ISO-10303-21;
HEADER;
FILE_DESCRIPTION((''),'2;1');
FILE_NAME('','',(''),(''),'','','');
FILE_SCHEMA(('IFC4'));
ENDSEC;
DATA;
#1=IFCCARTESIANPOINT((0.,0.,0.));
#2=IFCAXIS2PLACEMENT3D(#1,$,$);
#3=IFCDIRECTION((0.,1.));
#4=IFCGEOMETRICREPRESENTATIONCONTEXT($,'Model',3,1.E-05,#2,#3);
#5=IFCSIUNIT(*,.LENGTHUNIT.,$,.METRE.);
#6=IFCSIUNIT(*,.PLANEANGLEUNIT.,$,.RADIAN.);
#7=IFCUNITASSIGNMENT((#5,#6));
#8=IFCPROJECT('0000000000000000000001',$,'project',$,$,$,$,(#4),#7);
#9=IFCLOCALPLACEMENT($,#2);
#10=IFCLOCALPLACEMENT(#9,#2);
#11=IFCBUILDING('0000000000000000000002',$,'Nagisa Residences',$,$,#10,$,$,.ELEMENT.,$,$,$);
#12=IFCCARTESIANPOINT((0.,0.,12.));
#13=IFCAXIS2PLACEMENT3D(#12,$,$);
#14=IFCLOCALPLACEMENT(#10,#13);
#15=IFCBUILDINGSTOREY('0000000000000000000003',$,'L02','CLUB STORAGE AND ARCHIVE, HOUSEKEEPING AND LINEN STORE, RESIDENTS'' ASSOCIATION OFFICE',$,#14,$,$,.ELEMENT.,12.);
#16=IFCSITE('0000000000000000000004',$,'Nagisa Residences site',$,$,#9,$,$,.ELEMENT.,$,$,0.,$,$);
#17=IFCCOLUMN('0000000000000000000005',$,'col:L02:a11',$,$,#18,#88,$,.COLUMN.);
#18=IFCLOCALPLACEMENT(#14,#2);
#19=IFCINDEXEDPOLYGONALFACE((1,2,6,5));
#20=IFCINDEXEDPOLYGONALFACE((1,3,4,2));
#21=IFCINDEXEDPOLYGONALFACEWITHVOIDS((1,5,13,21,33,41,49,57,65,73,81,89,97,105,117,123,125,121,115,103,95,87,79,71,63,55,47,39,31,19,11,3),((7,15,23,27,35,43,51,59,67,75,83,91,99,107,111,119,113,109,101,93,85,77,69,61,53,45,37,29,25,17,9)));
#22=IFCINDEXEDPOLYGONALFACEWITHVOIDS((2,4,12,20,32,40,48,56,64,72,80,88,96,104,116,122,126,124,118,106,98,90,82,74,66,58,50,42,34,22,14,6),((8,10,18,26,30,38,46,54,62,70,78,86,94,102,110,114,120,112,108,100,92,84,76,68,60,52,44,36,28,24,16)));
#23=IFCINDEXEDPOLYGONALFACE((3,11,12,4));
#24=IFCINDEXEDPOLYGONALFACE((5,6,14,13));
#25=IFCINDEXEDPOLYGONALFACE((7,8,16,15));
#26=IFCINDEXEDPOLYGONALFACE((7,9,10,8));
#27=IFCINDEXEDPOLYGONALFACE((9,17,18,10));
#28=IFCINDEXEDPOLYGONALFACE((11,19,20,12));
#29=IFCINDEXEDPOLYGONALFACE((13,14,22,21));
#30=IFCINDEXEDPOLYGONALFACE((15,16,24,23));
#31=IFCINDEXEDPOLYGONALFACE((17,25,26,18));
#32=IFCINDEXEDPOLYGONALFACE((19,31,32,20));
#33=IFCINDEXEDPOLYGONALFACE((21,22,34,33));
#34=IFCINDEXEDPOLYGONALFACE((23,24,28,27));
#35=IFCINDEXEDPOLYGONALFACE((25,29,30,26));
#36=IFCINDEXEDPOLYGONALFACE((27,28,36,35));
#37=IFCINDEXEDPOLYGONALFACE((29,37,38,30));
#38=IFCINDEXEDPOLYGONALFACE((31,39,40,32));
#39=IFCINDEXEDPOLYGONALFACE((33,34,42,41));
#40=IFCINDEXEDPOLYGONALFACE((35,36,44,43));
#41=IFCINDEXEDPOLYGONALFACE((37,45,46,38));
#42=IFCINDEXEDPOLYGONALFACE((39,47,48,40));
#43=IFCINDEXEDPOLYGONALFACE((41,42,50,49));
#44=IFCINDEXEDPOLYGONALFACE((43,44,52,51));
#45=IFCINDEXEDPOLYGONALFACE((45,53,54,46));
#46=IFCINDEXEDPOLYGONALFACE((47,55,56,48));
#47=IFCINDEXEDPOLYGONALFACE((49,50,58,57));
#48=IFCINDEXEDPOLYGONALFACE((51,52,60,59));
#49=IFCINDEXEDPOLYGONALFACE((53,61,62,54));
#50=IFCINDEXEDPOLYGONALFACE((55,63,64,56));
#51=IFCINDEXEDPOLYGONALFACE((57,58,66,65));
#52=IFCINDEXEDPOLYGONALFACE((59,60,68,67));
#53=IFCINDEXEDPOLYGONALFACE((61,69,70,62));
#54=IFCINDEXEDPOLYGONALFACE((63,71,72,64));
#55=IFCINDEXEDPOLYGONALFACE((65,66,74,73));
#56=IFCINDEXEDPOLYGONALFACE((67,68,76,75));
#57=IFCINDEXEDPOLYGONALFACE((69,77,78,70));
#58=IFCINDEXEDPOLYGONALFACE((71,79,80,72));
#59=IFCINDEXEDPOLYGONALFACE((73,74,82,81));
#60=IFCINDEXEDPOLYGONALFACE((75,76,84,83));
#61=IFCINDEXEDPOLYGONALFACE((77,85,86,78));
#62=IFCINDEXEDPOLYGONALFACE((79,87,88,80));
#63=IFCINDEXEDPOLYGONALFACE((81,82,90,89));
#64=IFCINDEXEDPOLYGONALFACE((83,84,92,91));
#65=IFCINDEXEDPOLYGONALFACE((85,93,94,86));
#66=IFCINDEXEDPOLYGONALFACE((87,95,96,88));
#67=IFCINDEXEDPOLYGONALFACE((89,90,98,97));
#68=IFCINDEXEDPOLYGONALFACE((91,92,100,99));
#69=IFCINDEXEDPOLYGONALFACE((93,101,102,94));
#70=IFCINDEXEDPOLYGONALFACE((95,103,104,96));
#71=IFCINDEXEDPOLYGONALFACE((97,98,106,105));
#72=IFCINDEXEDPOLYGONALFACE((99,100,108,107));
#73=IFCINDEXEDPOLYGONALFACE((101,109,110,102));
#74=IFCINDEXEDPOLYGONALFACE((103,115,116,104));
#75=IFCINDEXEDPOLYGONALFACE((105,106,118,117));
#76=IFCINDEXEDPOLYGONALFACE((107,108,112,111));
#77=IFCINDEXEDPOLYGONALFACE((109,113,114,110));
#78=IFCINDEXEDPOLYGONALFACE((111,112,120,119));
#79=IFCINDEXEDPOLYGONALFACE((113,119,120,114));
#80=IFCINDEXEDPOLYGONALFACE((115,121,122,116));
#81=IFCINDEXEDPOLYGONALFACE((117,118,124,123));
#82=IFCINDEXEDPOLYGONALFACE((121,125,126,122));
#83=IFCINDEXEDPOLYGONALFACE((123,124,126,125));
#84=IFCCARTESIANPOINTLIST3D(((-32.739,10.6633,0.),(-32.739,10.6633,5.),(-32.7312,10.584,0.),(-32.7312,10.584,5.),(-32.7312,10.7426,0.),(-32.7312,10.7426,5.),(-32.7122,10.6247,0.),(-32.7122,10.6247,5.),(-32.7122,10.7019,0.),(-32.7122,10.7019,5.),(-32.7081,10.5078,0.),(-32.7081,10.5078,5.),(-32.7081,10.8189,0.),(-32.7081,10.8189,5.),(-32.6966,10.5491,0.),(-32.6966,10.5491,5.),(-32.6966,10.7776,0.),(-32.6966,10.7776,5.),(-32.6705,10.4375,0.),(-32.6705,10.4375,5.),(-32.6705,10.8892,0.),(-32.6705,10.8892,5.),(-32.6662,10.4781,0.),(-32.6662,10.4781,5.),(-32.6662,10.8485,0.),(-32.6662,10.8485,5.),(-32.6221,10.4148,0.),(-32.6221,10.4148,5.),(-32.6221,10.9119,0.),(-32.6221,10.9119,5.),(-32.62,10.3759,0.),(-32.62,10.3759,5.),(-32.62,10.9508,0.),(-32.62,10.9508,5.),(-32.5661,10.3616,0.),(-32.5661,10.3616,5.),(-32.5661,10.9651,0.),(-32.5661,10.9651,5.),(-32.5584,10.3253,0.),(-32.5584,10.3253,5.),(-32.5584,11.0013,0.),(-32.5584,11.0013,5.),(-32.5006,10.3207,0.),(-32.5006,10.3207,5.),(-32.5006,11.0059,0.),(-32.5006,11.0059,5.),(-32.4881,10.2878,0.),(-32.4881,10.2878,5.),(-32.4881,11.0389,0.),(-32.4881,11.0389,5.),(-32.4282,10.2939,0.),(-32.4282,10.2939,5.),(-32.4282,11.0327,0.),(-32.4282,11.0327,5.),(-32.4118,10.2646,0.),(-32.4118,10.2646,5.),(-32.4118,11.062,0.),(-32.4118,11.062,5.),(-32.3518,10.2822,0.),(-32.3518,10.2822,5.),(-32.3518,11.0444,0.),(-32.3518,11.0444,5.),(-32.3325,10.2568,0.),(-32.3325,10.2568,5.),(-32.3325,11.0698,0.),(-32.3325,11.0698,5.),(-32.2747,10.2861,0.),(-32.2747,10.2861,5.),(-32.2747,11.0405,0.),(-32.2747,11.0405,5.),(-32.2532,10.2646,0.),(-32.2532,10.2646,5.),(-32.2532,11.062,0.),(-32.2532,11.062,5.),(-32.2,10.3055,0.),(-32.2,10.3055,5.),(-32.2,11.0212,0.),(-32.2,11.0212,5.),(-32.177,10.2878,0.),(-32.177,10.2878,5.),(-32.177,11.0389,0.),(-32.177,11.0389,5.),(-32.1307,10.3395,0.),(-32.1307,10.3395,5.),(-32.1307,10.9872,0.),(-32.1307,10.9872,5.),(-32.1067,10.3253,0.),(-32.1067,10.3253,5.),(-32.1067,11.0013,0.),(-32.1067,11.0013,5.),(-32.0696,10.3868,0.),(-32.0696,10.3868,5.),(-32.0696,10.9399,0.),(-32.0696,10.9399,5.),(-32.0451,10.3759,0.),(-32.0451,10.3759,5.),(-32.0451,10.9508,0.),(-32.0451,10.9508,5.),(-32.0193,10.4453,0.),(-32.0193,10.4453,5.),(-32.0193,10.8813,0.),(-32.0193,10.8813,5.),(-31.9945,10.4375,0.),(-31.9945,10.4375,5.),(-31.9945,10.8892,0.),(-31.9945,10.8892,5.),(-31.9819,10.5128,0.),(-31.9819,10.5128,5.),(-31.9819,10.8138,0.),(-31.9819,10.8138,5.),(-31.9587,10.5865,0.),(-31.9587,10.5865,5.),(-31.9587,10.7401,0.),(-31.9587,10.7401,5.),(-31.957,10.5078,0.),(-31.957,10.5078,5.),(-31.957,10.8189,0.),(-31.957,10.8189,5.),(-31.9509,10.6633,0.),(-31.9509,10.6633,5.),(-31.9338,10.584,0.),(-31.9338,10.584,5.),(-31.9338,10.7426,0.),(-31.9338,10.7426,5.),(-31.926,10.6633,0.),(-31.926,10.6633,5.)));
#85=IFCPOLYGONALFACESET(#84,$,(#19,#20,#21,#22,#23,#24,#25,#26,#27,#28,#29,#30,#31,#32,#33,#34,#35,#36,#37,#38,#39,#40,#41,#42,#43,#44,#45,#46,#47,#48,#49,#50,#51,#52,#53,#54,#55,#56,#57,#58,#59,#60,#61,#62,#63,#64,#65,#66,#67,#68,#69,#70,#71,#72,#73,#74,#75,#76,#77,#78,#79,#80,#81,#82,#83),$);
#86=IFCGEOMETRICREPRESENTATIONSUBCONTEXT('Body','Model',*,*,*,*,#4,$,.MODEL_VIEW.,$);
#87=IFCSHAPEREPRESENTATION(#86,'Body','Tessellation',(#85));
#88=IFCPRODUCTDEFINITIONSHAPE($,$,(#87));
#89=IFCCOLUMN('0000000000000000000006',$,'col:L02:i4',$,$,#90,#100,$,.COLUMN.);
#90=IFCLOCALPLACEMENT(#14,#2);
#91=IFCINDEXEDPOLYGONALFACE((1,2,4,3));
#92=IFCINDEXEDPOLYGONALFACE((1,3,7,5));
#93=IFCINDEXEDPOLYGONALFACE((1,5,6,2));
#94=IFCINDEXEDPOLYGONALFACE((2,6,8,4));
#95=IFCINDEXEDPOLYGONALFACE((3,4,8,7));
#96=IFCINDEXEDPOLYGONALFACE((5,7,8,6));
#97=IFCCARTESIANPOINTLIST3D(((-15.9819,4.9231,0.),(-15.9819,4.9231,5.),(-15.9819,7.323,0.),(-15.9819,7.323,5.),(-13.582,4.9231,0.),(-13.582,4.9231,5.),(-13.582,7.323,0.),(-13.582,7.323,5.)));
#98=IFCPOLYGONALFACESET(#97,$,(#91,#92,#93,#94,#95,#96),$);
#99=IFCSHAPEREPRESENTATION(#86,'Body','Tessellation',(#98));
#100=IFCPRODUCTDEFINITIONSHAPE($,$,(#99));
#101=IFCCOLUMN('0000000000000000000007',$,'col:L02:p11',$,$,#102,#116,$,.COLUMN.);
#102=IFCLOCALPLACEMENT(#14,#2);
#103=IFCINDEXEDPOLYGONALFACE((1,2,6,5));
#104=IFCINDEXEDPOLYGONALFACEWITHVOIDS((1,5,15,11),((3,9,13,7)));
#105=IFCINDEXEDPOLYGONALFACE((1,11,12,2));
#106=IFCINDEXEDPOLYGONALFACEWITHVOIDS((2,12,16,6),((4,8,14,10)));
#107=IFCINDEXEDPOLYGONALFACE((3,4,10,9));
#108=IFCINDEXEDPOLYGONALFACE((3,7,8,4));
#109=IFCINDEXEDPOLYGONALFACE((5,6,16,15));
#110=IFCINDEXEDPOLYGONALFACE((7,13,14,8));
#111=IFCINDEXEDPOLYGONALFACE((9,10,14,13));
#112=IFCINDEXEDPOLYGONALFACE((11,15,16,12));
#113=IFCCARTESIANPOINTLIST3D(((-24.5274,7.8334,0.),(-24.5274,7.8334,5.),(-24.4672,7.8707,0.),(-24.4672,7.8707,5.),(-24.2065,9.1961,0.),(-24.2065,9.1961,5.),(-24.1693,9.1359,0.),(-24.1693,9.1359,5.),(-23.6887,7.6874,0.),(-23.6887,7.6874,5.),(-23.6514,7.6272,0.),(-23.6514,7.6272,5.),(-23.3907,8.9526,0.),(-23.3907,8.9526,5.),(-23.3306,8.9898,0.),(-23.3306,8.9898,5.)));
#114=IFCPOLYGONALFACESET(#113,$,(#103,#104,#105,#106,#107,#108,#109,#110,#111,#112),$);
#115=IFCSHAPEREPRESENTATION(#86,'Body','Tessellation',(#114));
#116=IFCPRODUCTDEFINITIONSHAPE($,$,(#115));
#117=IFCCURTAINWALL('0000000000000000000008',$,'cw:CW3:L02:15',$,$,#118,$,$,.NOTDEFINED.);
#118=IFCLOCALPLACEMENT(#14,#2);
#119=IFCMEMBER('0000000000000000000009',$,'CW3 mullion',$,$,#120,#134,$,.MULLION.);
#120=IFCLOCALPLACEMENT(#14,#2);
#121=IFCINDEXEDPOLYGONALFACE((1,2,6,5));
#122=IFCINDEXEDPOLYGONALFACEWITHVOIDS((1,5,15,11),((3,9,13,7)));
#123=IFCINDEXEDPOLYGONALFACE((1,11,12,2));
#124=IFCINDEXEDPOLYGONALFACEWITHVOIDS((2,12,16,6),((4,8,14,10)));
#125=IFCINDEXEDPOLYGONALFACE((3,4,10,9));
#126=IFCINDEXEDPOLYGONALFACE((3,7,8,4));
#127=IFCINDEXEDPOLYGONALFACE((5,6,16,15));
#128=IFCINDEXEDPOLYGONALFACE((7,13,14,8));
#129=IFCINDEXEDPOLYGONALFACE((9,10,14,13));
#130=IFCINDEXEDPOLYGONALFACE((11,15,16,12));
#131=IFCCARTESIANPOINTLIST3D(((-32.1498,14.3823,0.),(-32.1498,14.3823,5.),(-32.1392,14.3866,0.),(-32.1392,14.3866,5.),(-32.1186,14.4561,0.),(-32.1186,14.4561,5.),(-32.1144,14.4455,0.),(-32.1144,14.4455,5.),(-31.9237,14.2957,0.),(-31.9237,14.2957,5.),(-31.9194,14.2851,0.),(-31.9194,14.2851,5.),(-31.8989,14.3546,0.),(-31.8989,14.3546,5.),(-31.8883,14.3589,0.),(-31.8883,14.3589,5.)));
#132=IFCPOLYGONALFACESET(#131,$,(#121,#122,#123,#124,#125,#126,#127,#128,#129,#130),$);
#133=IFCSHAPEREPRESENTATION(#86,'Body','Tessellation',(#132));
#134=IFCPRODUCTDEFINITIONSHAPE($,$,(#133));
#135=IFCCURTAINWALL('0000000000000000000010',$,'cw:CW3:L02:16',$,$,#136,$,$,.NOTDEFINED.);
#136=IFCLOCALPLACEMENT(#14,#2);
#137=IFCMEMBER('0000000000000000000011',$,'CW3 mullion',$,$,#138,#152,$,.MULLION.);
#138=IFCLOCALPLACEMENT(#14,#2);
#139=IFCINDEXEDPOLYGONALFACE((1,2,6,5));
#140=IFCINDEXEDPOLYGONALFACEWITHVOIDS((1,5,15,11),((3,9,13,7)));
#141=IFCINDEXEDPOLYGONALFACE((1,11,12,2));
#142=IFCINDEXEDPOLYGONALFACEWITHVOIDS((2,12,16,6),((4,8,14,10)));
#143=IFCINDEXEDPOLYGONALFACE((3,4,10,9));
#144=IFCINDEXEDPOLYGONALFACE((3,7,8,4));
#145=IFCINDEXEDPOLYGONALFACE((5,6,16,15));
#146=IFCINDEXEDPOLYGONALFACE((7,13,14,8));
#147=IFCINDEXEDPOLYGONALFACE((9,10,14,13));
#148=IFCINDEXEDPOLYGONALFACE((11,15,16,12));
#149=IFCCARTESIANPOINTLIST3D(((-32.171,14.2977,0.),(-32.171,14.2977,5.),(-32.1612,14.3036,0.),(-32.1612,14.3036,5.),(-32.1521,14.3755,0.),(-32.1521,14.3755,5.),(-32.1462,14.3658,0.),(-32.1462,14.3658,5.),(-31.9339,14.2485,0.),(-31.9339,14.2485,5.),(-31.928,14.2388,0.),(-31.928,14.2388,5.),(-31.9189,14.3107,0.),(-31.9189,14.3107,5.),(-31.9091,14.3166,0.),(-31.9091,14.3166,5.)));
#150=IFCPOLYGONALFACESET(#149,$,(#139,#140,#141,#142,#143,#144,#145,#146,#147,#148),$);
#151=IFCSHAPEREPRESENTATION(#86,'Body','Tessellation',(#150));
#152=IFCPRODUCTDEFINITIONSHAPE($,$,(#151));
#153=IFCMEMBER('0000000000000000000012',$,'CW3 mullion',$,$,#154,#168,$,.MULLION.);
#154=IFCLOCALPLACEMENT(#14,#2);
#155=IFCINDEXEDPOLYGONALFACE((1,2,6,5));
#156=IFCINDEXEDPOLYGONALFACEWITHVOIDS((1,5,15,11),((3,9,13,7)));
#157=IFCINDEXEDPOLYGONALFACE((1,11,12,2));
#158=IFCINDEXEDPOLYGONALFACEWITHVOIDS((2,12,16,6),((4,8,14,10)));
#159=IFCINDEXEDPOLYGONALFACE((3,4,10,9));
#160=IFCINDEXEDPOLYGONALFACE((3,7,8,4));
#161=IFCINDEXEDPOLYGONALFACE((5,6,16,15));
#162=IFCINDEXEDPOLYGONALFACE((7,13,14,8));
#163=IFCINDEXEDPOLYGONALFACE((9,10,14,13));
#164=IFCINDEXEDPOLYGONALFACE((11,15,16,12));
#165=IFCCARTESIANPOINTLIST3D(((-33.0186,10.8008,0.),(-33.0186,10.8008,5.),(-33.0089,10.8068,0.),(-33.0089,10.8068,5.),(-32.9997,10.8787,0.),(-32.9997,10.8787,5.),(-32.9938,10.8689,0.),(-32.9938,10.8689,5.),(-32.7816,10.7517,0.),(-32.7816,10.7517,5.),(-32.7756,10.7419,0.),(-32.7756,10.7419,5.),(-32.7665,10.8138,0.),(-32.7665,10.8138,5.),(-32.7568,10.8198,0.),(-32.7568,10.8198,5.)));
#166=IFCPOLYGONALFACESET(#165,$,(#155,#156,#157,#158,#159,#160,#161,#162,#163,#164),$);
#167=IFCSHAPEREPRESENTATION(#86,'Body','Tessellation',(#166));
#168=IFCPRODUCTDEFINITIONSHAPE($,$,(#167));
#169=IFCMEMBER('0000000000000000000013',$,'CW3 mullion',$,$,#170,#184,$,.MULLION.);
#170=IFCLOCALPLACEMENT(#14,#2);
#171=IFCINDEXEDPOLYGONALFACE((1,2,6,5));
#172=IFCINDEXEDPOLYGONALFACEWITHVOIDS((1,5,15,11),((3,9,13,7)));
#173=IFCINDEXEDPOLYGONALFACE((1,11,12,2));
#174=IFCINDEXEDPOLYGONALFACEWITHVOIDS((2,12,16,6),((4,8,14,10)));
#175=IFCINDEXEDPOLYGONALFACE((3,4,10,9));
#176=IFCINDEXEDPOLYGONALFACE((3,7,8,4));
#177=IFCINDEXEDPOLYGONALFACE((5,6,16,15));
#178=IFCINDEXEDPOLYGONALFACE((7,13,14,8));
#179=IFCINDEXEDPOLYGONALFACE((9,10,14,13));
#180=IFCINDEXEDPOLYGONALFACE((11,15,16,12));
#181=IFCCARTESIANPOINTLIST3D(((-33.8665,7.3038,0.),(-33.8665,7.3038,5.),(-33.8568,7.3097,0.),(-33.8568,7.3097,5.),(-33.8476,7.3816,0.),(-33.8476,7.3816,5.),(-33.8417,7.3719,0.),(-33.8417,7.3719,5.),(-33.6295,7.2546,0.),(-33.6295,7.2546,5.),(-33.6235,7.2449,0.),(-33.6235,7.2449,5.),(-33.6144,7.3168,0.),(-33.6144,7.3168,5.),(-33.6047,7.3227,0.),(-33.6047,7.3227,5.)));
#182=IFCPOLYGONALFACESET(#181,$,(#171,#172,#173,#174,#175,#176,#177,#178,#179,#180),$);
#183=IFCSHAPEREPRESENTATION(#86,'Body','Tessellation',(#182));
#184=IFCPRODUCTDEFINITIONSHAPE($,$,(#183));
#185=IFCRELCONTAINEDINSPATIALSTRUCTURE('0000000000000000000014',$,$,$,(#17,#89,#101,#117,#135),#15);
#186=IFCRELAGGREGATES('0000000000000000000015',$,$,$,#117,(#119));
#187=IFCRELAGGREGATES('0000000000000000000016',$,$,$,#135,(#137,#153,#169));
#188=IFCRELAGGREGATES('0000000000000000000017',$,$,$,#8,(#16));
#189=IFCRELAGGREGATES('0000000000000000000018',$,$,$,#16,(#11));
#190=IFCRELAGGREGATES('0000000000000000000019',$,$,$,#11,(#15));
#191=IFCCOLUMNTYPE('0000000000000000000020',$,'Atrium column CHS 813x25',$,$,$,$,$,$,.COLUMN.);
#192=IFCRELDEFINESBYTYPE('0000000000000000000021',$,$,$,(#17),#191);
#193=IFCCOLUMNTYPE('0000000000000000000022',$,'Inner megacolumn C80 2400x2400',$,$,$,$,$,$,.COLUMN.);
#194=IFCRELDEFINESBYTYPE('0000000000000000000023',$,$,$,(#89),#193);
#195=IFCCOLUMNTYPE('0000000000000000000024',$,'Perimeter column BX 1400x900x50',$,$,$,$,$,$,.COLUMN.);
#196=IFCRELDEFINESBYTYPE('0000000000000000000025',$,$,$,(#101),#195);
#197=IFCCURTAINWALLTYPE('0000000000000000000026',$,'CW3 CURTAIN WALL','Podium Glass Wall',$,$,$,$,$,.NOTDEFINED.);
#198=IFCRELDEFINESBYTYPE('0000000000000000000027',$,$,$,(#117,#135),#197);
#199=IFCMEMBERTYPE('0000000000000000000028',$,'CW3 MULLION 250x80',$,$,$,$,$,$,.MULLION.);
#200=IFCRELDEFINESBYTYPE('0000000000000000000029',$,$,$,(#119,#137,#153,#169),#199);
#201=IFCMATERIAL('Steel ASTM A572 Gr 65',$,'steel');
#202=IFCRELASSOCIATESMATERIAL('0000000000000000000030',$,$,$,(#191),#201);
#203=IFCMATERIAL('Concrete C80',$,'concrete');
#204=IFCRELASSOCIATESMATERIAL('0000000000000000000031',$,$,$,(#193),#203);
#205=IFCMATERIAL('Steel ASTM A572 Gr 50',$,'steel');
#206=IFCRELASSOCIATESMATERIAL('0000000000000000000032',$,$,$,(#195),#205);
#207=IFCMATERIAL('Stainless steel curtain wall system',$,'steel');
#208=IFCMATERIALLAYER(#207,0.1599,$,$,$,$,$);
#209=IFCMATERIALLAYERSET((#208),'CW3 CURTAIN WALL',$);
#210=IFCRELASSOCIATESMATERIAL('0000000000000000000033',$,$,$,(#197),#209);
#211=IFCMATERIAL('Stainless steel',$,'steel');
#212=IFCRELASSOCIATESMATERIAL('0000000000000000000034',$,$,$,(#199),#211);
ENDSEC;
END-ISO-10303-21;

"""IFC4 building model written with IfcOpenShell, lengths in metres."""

from ifc_helpers import new_model, si_unit, direction, frame, origin, origin_2d, place, context, subcontext, project, spatial, rectangle, hollow_rectangle, hollow_circle, extrude, material, layer, layer_set, material_profile, profile_set, type_object, element, aggregate, save


model = new_model("IFC4")

# Units and contexts
model_context = context("Model", 3, precision=1e-05, world=origin(), true_north=direction((0.0, 1.0)))
body_context = subcontext(model_context, "Body", "Model", "MODEL_VIEW")
ifc_project = project(units=[si_unit("LENGTHUNIT", "METRE"), si_unit("PLANEANGLEUNIT", "RADIAN")], contexts=[model_context])

# Site, building, storey
site_placement = place(None, origin())
site = spatial("IfcSite", under=ifc_project, at=site_placement, Name="Nagisa Residences site", CompositionType="ELEMENT", RefElevation=0.0)
building_placement = place(site_placement, origin())
building = spatial("IfcBuilding", under=site, at=building_placement, Name="Nagisa Residences", CompositionType="ELEMENT")
storey_placement = place(building_placement, frame((0.0, 0.0, 12.0)))
storey = spatial("IfcBuildingStorey", under=building, at=storey_placement, Name="L02", Description="CLUB STORAGE AND ARCHIVE, HOUSEKEEPING AND LINEN STORE, RESIDENTS' ASSOCIATION OFFICE", CompositionType="ELEMENT", Elevation=12.0)

# Columns
ifc_material_1 = material(Name="Steel ASTM A572 Gr 65", Category="steel")
ifc_material_profile_1 = material_profile(ifc_material_1, hollow_circle(Radius=0.4065, WallThickness=0.0249, at=origin_2d()), Name="CHS 813x25")
ifc_profile_set_1 = profile_set([ifc_material_profile_1], Name="Steel ASTM A572 Gr 65")
column_type_1 = type_object("IfcColumnType", Name="Atrium column CHS 813x25", PredefinedType="COLUMN", material=ifc_profile_set_1)
column_1_placement = place(storey_placement, frame((-32.3325, 10.6633, 0.0), z_axis=(0.0, 0.0, 1.0), x_axis=(1.0, 0.0, 0.0)))
element("IfcColumn", 1, at=column_1_placement, inside=storey, type_object=column_type_1, Name="col:L02:a11", PredefinedType="COLUMN", context=body_context, shape_type="SweptSolid", body=[
    extrude(hollow_circle(Radius=0.4065, WallThickness=0.0249, at=origin_2d()), origin(), (0.0, 0.0, 1.0), 5.0),
])
ifc_material_2 = material(Name="Concrete C80", Category="concrete")
ifc_material_profile_2 = material_profile(ifc_material_2, rectangle(XDim=2.3999, YDim=2.3999, at=origin_2d()), Name="C80 2400x2400")
ifc_profile_set_2 = profile_set([ifc_material_profile_2], Name="Concrete C80")
column_type_2 = type_object("IfcColumnType", Name="Inner megacolumn C80 2400x2400", PredefinedType="COLUMN", material=ifc_profile_set_2)
column_2_placement = place(storey_placement, frame((-14.782, 6.123, 0.0), z_axis=(0.0, 0.0, 1.0), x_axis=(1.0, 0.0, 0.0)))
element("IfcColumn", 2, at=column_2_placement, inside=storey, type_object=column_type_2, Name="col:L02:i4", PredefinedType="COLUMN", context=body_context, shape_type="SweptSolid", body=[
    extrude(rectangle(XDim=2.3999, YDim=2.3999, at=origin_2d()), origin(), (0.0, 0.0, 1.0), 5.0),
])
ifc_material_3 = material(Name="Steel ASTM A572 Gr 50", Category="steel")
ifc_material_profile_3 = material_profile(ifc_material_3, hollow_rectangle(XDim=1.3999, YDim=0.8999, WallThickness=0.05, at=origin_2d()), Name="BX 1400x900x50")
ifc_profile_set_3 = profile_set([ifc_material_profile_3], Name="Steel ASTM A572 Gr 50")
column_type_3 = type_object("IfcColumnType", Name="Perimeter column BX 1400x900x50", PredefinedType="COLUMN", material=ifc_profile_set_3)
column_3_placement = place(storey_placement, frame((-23.929, 8.4116, 0.0), z_axis=(0.0, 0.0, 1.0), x_axis=(-0.229202, -0.973379, 0.0)))
element("IfcColumn", 3, at=column_3_placement, inside=storey, type_object=column_type_3, Name="col:L02:p11", PredefinedType="COLUMN", context=body_context, shape_type="SweptSolid", body=[
    extrude(hollow_rectangle(XDim=1.3999, YDim=0.8999, WallThickness=0.05, at=origin_2d()), origin(), (0.0, 0.0, 1.0), 5.0),
])

# Curtain wall, member
ifc_material_4 = material(Name="Stainless steel curtain wall system", Category="steel")
ifc_layer_1 = layer(ifc_material_4, 0.1599)
ifc_layer_set_1 = layer_set([ifc_layer_1], Name="CW3 CURTAIN WALL")
curtain_wall_type_1 = type_object("IfcCurtainWallType", Name="CW3 CURTAIN WALL", Description="Podium Glass Wall", PredefinedType="NOTDEFINED", material=ifc_layer_set_1)
curtain_wall_1_placement = place(storey_placement, origin())
curtain_wall_1 = element("IfcCurtainWall", 4, at=curtain_wall_1_placement, inside=storey, type_object=curtain_wall_type_1, Name="cw:CW3:L02:15", PredefinedType="NOTDEFINED")
ifc_material_5 = material(Name="Stainless steel", Category="steel")
ifc_material_profile_4 = material_profile(ifc_material_5, hollow_rectangle(XDim=0.25, YDim=0.0801, WallThickness=0.0081, at=origin_2d()), Name="CW3 MULLION 250x80")
ifc_profile_set_4 = profile_set([ifc_material_profile_4], Name="Stainless steel")
member_type_1 = type_object("IfcMemberType", Name="CW3 MULLION 250x80", PredefinedType="MULLION", material=ifc_profile_set_4)
member_1_placement = place(storey_placement, frame((-32.019, 14.3706, 0.0), z_axis=(0.0, 0.0, 1.0), x_axis=(0.921357, -0.388718, 0.0)))
member_1 = element("IfcMember", 5, at=member_1_placement, type_object=member_type_1, Name="CW3 mullion", PredefinedType="MULLION", context=body_context, shape_type="SweptSolid", body=[
    extrude(hollow_rectangle(XDim=0.25, YDim=0.0801, WallThickness=0.0081, at=origin_2d()), origin(), (0.0, 0.0, 1.0), 5.0),
])
aggregate(curtain_wall_1, [member_1])

# Curtain wall, members
curtain_wall_2_placement = place(storey_placement, origin())
curtain_wall_2 = element("IfcCurtainWall", 6, at=curtain_wall_2_placement, inside=storey, type_object=curtain_wall_type_1, Name="cw:CW3:L02:16", PredefinedType="NOTDEFINED")
member_2_placement = place(storey_placement, frame((-32.04, 14.3071, 0.0), z_axis=(0.0, 0.0, 1.0), x_axis=(0.971849, -0.235606, 0.0)))
member_2 = element("IfcMember", 7, at=member_2_placement, type_object=member_type_1, Name="CW3 mullion", PredefinedType="MULLION", context=body_context, shape_type="SweptSolid", body=[
    extrude(hollow_rectangle(XDim=0.25, YDim=0.0801, WallThickness=0.0081, at=origin_2d()), origin(), (0.0, 0.0, 1.0), 5.0),
])
member_3_placement = place(storey_placement, frame((-32.8877, 10.8103, 0.0), z_axis=(0.0, 0.0, 1.0), x_axis=(0.971849, -0.235606, 0.0)))
member_3 = element("IfcMember", 8, at=member_3_placement, type_object=member_type_1, Name="CW3 mullion", PredefinedType="MULLION", context=body_context, shape_type="SweptSolid", body=[
    extrude(hollow_rectangle(XDim=0.25, YDim=0.0801, WallThickness=0.0081, at=origin_2d()), origin(), (0.0, 0.0, 1.0), 5.0),
])
member_4_placement = place(storey_placement, frame((-33.7356, 7.3132, 0.0), z_axis=(0.0, 0.0, 1.0), x_axis=(0.971849, -0.235606, 0.0)))
member_4 = element("IfcMember", 9, at=member_4_placement, type_object=member_type_1, Name="CW3 mullion", PredefinedType="MULLION", context=body_context, shape_type="SweptSolid", body=[
    extrude(hollow_rectangle(XDim=0.25, YDim=0.0801, WallThickness=0.0081, at=origin_2d()), origin(), (0.0, 0.0, 1.0), 5.0),
])

aggregate(curtain_wall_2, [member_2, member_3, member_4])

save(model, "model.ifc")
